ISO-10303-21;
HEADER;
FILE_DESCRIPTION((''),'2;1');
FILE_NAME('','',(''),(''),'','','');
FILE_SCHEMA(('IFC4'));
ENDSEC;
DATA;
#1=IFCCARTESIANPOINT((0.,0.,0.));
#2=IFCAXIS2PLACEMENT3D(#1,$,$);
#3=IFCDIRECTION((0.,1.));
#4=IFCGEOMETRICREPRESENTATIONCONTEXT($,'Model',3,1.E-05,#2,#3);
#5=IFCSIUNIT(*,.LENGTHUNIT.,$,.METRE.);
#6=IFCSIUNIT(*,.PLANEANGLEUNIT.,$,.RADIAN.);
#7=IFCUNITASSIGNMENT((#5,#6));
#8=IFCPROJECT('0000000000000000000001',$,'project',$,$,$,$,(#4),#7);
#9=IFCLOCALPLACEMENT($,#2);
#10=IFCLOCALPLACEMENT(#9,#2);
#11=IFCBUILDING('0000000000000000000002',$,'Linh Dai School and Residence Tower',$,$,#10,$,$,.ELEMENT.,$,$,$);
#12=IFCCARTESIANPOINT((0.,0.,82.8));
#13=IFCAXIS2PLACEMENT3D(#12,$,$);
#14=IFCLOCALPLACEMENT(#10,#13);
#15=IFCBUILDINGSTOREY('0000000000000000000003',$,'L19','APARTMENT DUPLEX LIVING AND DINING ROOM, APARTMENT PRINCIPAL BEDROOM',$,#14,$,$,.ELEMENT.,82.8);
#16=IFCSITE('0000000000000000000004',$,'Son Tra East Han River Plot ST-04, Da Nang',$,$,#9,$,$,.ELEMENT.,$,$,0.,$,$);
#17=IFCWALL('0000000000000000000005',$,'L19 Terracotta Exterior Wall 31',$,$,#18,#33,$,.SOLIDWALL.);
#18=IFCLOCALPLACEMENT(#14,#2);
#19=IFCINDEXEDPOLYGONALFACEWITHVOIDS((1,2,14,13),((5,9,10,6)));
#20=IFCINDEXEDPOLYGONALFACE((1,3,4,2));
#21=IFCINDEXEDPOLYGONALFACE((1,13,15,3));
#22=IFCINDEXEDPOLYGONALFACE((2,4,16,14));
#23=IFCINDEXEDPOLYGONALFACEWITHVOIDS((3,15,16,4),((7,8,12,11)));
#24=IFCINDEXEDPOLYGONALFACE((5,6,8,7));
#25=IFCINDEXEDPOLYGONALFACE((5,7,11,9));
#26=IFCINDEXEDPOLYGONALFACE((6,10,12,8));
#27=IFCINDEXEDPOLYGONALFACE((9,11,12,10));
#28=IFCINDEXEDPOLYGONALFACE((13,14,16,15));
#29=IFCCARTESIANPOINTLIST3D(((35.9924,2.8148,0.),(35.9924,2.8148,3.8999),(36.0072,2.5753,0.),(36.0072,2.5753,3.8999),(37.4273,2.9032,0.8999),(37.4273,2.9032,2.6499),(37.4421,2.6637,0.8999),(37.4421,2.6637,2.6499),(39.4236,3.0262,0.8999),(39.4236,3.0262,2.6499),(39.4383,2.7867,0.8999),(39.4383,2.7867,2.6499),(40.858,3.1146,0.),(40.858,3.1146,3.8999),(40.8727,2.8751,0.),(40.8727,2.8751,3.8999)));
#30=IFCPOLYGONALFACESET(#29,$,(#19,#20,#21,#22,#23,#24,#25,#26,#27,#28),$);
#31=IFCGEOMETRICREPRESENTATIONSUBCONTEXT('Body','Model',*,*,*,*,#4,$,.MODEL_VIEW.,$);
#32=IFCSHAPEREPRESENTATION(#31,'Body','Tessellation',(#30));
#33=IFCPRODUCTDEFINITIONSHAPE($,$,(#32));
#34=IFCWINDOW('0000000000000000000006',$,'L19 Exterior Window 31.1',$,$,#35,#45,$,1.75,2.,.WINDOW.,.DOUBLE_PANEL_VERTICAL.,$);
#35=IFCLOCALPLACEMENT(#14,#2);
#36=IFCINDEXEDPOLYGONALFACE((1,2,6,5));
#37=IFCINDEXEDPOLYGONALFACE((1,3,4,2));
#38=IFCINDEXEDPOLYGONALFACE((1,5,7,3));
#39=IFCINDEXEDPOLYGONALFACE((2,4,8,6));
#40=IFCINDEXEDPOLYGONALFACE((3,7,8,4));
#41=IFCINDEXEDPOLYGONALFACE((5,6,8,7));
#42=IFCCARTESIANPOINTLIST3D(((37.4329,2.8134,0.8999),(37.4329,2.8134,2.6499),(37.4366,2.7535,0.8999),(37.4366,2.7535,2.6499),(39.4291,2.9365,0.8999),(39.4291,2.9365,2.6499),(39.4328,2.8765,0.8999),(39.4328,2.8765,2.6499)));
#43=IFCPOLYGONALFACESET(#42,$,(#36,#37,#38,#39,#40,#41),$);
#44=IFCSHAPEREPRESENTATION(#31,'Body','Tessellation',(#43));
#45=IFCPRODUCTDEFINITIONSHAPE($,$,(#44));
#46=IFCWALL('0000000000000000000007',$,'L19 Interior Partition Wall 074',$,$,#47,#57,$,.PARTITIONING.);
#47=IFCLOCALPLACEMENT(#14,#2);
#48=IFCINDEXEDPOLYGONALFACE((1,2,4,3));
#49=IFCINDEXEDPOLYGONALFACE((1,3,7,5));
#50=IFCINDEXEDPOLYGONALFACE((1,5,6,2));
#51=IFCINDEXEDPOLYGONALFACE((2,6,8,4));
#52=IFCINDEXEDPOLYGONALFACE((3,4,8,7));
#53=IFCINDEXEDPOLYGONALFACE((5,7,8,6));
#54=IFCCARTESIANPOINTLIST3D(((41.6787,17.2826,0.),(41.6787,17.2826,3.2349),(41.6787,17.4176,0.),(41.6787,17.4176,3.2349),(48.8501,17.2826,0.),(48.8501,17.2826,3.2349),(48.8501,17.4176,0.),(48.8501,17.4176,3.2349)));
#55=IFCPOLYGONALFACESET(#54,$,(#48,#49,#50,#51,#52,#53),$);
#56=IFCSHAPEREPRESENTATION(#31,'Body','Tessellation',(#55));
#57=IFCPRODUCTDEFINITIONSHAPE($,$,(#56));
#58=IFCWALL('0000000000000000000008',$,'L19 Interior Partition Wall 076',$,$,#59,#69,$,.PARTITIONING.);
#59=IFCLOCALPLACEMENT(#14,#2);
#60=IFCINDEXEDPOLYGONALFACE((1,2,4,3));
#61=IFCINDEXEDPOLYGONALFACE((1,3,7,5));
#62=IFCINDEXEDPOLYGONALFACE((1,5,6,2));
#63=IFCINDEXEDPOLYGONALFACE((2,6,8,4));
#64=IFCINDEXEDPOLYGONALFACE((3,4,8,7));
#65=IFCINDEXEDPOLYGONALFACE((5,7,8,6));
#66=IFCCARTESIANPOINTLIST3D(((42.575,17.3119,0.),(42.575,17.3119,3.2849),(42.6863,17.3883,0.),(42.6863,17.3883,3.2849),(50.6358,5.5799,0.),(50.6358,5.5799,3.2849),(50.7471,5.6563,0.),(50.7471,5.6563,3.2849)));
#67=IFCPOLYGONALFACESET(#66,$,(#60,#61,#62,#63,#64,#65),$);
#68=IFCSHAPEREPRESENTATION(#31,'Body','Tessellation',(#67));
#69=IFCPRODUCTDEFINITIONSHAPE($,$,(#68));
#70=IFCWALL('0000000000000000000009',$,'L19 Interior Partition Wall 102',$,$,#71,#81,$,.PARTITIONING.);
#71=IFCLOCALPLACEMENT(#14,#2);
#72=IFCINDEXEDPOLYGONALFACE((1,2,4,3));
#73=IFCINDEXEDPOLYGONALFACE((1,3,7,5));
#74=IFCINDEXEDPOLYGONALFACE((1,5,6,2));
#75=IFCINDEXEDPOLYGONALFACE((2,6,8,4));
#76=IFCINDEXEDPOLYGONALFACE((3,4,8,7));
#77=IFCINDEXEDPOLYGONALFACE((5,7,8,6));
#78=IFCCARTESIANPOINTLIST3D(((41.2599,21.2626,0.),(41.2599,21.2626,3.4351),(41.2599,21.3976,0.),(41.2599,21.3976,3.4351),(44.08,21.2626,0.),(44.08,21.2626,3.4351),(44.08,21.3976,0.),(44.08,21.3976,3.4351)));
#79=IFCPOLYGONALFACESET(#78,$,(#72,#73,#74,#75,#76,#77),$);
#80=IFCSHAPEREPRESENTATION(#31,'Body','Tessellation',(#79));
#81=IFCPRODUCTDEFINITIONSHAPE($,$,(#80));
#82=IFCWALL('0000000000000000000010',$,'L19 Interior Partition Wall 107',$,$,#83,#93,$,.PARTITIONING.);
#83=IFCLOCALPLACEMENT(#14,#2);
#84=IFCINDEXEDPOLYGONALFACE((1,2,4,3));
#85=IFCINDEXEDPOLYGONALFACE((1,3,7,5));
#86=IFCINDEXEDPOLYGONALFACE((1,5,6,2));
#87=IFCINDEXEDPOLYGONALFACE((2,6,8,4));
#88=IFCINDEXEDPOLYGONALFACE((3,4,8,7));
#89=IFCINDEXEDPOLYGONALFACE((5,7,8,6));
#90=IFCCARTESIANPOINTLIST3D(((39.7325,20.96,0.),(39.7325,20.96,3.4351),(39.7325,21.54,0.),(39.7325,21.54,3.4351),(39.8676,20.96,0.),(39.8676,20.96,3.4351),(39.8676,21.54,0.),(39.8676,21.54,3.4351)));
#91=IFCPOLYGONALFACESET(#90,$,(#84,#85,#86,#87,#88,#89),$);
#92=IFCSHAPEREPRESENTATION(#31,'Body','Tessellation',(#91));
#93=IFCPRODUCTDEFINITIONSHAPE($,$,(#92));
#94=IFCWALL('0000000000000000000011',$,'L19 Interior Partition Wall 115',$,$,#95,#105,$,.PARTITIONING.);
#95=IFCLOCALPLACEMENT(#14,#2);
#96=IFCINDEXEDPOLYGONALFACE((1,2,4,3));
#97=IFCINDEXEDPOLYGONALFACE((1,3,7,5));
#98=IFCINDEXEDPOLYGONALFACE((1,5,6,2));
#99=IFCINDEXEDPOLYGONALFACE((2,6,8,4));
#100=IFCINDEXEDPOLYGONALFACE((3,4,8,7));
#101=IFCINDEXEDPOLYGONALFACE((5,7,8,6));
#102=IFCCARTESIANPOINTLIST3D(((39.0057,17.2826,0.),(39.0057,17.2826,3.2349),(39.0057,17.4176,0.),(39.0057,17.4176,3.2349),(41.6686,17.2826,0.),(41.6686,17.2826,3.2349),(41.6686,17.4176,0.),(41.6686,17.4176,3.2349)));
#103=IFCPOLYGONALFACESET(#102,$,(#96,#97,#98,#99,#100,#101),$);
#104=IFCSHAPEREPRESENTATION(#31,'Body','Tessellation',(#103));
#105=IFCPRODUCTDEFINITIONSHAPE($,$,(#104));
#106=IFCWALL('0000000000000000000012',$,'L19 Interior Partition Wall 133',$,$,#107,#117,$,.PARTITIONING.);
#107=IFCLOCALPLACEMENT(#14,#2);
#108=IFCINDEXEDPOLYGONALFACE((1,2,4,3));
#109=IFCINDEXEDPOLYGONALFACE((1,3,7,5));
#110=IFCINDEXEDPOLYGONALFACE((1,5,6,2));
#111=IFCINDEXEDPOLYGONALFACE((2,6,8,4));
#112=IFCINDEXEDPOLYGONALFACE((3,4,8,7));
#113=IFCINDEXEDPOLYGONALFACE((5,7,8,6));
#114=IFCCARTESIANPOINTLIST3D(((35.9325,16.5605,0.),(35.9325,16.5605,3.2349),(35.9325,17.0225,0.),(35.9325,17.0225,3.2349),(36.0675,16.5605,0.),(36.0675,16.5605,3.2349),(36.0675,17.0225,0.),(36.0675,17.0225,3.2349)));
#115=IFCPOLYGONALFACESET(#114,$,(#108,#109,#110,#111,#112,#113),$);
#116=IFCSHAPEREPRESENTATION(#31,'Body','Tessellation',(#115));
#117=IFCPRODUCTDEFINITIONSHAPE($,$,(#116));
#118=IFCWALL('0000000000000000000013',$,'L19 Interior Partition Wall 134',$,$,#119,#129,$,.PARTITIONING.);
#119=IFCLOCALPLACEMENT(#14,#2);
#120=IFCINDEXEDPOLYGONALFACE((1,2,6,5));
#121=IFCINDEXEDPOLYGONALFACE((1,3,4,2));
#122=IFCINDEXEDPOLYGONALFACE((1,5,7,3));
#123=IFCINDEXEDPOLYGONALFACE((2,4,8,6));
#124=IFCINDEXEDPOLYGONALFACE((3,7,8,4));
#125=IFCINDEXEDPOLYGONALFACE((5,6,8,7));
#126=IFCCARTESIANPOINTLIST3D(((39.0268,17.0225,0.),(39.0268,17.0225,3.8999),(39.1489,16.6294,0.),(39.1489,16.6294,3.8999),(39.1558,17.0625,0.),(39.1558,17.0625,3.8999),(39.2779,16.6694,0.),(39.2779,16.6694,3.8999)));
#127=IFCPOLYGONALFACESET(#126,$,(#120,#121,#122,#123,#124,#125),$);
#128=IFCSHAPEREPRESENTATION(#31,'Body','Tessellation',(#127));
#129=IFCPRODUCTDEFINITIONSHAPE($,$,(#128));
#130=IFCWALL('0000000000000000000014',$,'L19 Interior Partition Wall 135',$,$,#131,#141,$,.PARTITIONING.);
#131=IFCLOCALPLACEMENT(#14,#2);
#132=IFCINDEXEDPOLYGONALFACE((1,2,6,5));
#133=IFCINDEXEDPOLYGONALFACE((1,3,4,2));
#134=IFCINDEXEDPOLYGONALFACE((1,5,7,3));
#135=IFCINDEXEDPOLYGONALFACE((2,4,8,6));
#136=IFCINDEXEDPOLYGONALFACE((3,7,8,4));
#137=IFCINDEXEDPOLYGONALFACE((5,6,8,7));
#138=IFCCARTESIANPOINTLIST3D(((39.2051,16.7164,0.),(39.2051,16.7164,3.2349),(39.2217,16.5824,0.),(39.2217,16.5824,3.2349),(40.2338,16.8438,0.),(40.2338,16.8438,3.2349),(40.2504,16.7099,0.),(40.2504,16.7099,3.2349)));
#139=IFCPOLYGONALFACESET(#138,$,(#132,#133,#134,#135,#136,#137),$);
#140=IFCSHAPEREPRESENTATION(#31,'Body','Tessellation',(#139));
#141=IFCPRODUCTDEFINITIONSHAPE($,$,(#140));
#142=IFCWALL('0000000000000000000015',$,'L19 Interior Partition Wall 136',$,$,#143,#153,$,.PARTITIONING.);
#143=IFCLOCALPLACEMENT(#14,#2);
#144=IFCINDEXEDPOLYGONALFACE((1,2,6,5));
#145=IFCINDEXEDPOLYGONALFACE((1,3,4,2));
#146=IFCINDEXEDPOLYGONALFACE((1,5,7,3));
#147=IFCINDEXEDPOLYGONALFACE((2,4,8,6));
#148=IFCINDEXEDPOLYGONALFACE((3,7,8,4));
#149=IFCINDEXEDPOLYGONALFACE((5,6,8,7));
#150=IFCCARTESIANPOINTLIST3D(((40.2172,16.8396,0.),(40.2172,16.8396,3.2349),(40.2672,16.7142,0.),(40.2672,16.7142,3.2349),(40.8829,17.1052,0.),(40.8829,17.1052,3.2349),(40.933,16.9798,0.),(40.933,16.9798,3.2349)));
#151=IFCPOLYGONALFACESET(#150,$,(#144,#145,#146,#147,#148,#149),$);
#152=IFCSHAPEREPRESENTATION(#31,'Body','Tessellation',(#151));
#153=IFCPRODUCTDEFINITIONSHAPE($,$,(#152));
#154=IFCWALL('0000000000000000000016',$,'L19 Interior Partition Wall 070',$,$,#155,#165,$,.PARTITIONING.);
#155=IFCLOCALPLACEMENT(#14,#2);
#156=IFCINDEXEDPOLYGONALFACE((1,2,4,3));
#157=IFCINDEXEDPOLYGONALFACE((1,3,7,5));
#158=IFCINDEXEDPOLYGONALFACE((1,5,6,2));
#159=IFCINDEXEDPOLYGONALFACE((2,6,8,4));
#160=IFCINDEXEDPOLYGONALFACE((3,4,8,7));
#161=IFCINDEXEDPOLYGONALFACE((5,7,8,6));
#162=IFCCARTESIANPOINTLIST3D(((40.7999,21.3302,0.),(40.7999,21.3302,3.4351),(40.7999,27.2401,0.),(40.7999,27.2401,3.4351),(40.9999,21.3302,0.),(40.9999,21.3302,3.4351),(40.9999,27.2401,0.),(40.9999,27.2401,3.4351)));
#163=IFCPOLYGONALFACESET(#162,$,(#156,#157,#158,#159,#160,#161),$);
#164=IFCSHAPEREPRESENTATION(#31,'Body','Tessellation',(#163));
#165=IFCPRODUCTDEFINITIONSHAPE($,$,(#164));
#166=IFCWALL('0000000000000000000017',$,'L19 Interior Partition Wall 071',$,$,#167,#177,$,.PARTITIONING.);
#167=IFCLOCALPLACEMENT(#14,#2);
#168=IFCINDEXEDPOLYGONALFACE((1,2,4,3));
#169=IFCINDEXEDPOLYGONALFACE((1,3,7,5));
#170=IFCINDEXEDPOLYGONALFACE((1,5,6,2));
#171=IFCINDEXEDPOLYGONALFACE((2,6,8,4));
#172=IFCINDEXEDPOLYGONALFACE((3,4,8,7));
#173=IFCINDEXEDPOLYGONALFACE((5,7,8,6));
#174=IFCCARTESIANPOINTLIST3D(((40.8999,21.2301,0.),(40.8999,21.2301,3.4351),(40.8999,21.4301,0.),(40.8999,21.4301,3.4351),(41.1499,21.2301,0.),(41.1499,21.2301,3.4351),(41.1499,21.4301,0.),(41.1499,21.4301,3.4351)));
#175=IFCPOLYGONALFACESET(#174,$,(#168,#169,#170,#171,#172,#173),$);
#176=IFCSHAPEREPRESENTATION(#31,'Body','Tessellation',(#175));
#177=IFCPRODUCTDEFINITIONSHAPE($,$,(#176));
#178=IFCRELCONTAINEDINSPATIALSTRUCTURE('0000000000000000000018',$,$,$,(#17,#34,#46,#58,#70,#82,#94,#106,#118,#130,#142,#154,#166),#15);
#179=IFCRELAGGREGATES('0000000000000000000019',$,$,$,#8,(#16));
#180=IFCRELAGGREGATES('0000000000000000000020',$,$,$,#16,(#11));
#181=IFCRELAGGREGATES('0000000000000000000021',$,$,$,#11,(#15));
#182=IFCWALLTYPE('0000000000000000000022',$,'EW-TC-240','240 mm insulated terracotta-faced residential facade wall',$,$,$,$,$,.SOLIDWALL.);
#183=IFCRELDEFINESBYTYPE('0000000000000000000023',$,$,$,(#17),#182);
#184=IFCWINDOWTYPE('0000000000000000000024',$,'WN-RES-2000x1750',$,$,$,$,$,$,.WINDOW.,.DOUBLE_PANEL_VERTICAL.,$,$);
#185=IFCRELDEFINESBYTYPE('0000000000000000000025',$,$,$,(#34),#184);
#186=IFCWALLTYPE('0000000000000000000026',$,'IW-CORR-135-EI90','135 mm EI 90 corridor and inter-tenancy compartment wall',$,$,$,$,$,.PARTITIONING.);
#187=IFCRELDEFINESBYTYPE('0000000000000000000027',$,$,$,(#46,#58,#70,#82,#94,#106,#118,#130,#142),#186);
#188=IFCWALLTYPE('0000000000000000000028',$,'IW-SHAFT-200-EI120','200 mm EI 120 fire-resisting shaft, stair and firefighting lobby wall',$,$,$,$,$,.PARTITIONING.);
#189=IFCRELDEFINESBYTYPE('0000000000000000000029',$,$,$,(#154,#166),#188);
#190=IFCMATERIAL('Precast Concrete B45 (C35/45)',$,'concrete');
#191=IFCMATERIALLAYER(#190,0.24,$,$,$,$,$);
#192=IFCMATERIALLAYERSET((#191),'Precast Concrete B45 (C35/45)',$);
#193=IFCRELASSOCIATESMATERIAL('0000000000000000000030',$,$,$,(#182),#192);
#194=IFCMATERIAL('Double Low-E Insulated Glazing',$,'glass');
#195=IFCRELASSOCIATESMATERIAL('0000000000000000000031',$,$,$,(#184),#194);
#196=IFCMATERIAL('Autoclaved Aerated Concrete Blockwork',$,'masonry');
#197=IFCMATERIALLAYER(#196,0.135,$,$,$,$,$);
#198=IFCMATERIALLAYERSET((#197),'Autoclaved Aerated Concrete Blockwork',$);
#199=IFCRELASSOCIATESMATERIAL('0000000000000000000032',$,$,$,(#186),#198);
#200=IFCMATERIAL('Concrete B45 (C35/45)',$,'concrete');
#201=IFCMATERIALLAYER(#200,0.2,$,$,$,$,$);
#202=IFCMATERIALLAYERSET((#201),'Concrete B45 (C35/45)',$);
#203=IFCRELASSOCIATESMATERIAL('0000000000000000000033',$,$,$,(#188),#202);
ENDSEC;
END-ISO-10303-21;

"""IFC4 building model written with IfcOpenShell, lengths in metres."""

from ifc_helpers import new_model, si_unit, direction, frame, frame_2d, origin, origin_2d, place, context, subcontext, project, spatial, rectangle, extrude, source, transform, mapped, material, layer, layer_set, type_object, element, fill, save


model = new_model("IFC4")

# Units and contexts
model_context = context("Model", 3, precision=1e-05, world=origin(), true_north=direction((0.0, 1.0)))
body_context = subcontext(model_context, "Body", "Model", "MODEL_VIEW")
ifc_project = project(units=[si_unit("LENGTHUNIT", "METRE"), si_unit("PLANEANGLEUNIT", "RADIAN")], contexts=[model_context])

# Site, building, storey
site_placement = place(None, origin())
site = spatial("IfcSite", under=ifc_project, at=site_placement, Name="Son Tra East Han River Plot ST-04, Da Nang", CompositionType="ELEMENT", RefElevation=0.0)
building_placement = place(site_placement, origin())
building = spatial("IfcBuilding", under=site, at=building_placement, Name="Linh Dai School and Residence Tower", CompositionType="ELEMENT")
storey_placement = place(building_placement, frame((0.0, 0.0, 82.8)))
storey = spatial("IfcBuildingStorey", under=building, at=storey_placement, Name="L19", Description="APARTMENT DUPLEX LIVING AND DINING ROOM, APARTMENT PRINCIPAL BEDROOM", CompositionType="ELEMENT", Elevation=82.8)

# Wall, opening, window
ifc_material_1 = material(Name="Precast Concrete B45 (C35/45)", Category="concrete")
ifc_layer_1 = layer(ifc_material_1, 0.24)
ifc_layer_set_1 = layer_set([ifc_layer_1], Name="Precast Concrete B45 (C35/45)")
wall_type_1 = type_object("IfcWallType", Name="EW-TC-240", Description="240 mm insulated terracotta-faced residential facade wall", PredefinedType="SOLIDWALL", material=ifc_layer_set_1)
ifc_material_2 = material(Name="Double Low-E Insulated Glazing", Category="glass")
window_type = type_object("IfcWindowType", Name="WN-RES-2000x1750", PartitioningType="DOUBLE_PANEL_VERTICAL", PredefinedType="WINDOW", material=ifc_material_2)
shared_shape_1 = source(origin(), body_context, "Body", "SweptSolid", [
    extrude(rectangle(XDim=2.0, YDim=1.75, at=origin_2d()), frame((1.0, 0.03, 0.875), z_axis=(0.0, -1.0, 0.0), x_axis=(1.0, 0.0, 0.0)), (0.0, 0.0, 1.0), 0.0601),
])
wall_1_placement = place(storey_placement, frame((40.8655, 2.9949, 0.0), z_axis=(0.0, 0.0, 1.0), x_axis=(-0.998107, -0.061502, 0.0)))
wall_1 = element("IfcWall", 1, at=wall_1_placement, inside=storey, type_object=wall_type_1, Name="L19 Terracotta Exterior Wall 31", PredefinedType="SOLIDWALL", context=body_context, shape_type="SweptSolid", body=[
    extrude(rectangle(XDim=4.8748, YDim=0.24, at=frame_2d((2.4375, 0.0))), origin(), (0.0, 0.0, 1.0), 3.8999),
])
opening_1_placement = place(wall_1_placement, frame((1.4373, 0.0, 0.8999)))
opening_1 = element("IfcOpeningElement", 2, at=opening_1_placement, cuts=wall_1, PredefinedType="OPENING", context=body_context, shape_type="SweptSolid", body=[
    extrude(rectangle(XDim=2.0, YDim=1.75, at=origin_2d()), frame((1.0, 0.1299, 0.875), z_axis=(0.0, -1.0, 0.0), x_axis=(1.0, 0.0, 0.0)), (0.0, 0.0, 1.0), 0.26),
])
window_1_placement = place(opening_1_placement, origin())
window_1 = element("IfcWindow", 3, at=window_1_placement, inside=storey, type_object=window_type, Name="L19 Exterior Window 31.1", OverallHeight=1.75, OverallWidth=2.0, PartitioningType="DOUBLE_PANEL_VERTICAL", PredefinedType="WINDOW", context=body_context, shape_type="MappedRepresentation", body=[
    mapped(shared_shape_1, transform((0.0, 0.0, 0.0), x_axis=(1.0, 0.0, 0.0), y_axis=(0.0, 1.0, 0.0), z_axis=(0.0, 0.0, 1.0), scale=1.0)),
])
fill(opening_1, window_1)

# Shared definitions
ifc_material_3 = material(Name="Autoclaved Aerated Concrete Blockwork", Category="masonry")
ifc_layer_2 = layer(ifc_material_3, 0.135)
ifc_layer_set_2 = layer_set([ifc_layer_2], Name="Autoclaved Aerated Concrete Blockwork")
wall_type_2 = type_object("IfcWallType", Name="IW-CORR-135-EI90", Description="135 mm EI 90 corridor and inter-tenancy compartment wall", PredefinedType="PARTITIONING", material=ifc_layer_set_2)

# Walls
wall_2_placement = place(storey_placement, frame((41.6787, 17.3501, 0.0), z_axis=(0.0, 0.0, 1.0), x_axis=(1.0, 0.0, 0.0)))
element("IfcWall", 4, at=wall_2_placement, inside=storey, type_object=wall_type_2, Name="L19 Interior Partition Wall 074", PredefinedType="PARTITIONING", context=body_context, shape_type="SweptSolid", body=[
    extrude(rectangle(XDim=7.1714, YDim=0.135, at=frame_2d((3.5857, 0.0))), origin(), (0.0, 0.0, 1.0), 3.2349),
])
wall_3_placement = place(storey_placement, frame((42.6306, 17.3501, 0.0), z_axis=(0.0, 0.0, 1.0), x_axis=(0.566294, -0.824203, 0.0)))
element("IfcWall", 5, at=wall_3_placement, inside=storey, type_object=wall_type_2, Name="L19 Interior Partition Wall 076", PredefinedType="PARTITIONING", context=body_context, shape_type="SweptSolid", body=[
    extrude(rectangle(XDim=14.2344, YDim=0.135, at=frame_2d((7.1172, 0.0))), origin(), (0.0, 0.0, 1.0), 3.2849),
])
wall_4_placement = place(storey_placement, frame((44.0801, 21.3301, 0.0), z_axis=(0.0, 0.0, 1.0), x_axis=(-1.0, 0.0, 0.0)))
element("IfcWall", 6, at=wall_4_placement, inside=storey, type_object=wall_type_2, Name="L19 Interior Partition Wall 102", PredefinedType="PARTITIONING", context=body_context, shape_type="SweptSolid", body=[
    extrude(rectangle(XDim=2.8201, YDim=0.135, at=frame_2d((1.4102, 0.0))), origin(), (0.0, 0.0, 1.0), 3.4351),
])
wall_5_placement = place(storey_placement, frame((39.8, 20.96, 0.0), z_axis=(0.0, 0.0, 1.0), x_axis=(0.0, 1.0, 0.0)))
element("IfcWall", 7, at=wall_5_placement, inside=storey, type_object=wall_type_2, Name="L19 Interior Partition Wall 107", PredefinedType="PARTITIONING", context=body_context, shape_type="SweptSolid", body=[
    extrude(rectangle(XDim=0.5801, YDim=0.135, at=frame_2d((0.29, 0.0))), origin(), (0.0, 0.0, 1.0), 3.4351),
])
wall_6_placement = place(storey_placement, frame((41.6687, 17.3501, 0.0), z_axis=(0.0, 0.0, 1.0), x_axis=(-1.0, 0.0, 0.0)))
element("IfcWall", 8, at=wall_6_placement, inside=storey, type_object=wall_type_2, Name="L19 Interior Partition Wall 115", PredefinedType="PARTITIONING", context=body_context, shape_type="SweptSolid", body=[
    extrude(rectangle(XDim=2.6628, YDim=0.135, at=frame_2d((1.3315, 0.0))), origin(), (0.0, 0.0, 1.0), 3.2349),
])
wall_7_placement = place(storey_placement, frame((36.0, 16.5605, 0.0), z_axis=(0.0, 0.0, 1.0), x_axis=(0.0, 1.0, 0.0)))
element("IfcWall", 9, at=wall_7_placement, inside=storey, type_object=wall_type_2, Name="L19 Interior Partition Wall 133", PredefinedType="PARTITIONING", context=body_context, shape_type="SweptSolid", body=[
    extrude(rectangle(XDim=0.4619, YDim=0.135, at=frame_2d((0.231, 0.0))), origin(), (0.0, 0.0, 1.0), 3.2349),
])
wall_8_placement = place(storey_placement, frame((39.0913, 17.0425, 0.0), z_axis=(0.0, 0.0, 1.0), x_axis=(0.296586, -0.955006, 0.0)))
element("IfcWall", 10, at=wall_8_placement, inside=storey, type_object=wall_type_2, Name="L19 Interior Partition Wall 134", PredefinedType="PARTITIONING", context=body_context, shape_type="SweptSolid", body=[
    extrude(rectangle(XDim=0.4116, YDim=0.135, at=frame_2d((0.2058, 0.0))), origin(), (0.0, 0.0, 1.0), 3.8999),
])
wall_9_placement = place(storey_placement, frame((39.2134, 16.6494, 0.0), z_axis=(0.0, 0.0, 1.0), x_axis=(0.992415, 0.122933, 0.0)))
element("IfcWall", 11, at=wall_9_placement, inside=storey, type_object=wall_type_2, Name="L19 Interior Partition Wall 135", PredefinedType="PARTITIONING", context=body_context, shape_type="SweptSolid", body=[
    extrude(rectangle(XDim=1.0366, YDim=0.135, at=frame_2d((0.5183, 0.0))), origin(), (0.0, 0.0, 1.0), 3.2349),
])
wall_10_placement = place(storey_placement, frame((40.2422, 16.7769, 0.0), z_axis=(0.0, 0.0, 1.0), x_axis=(0.928805, 0.370568, 0.0)))
element("IfcWall", 12, at=wall_10_placement, inside=storey, type_object=wall_type_2, Name="L19 Interior Partition Wall 136", PredefinedType="PARTITIONING", context=body_context, shape_type="SweptSolid", body=[
    extrude(rectangle(XDim=0.7168, YDim=0.135, at=frame_2d((0.3584, 0.0))), origin(), (0.0, 0.0, 1.0), 3.2349),
])
ifc_material_4 = material(Name="Concrete B45 (C35/45)", Category="concrete")
ifc_layer_3 = layer(ifc_material_4, 0.2)
ifc_layer_set_3 = layer_set([ifc_layer_3], Name="Concrete B45 (C35/45)")
wall_type_3 = type_object("IfcWallType", Name="IW-SHAFT-200-EI120", Description="200 mm EI 120 fire-resisting shaft, stair and firefighting lobby wall", PredefinedType="PARTITIONING", material=ifc_layer_set_3)
wall_11_placement = place(storey_placement, frame((40.8999, 21.3301, 0.0), z_axis=(0.0, 0.0, 1.0), x_axis=(0.0, 1.0, 0.0)))
element("IfcWall", 13, at=wall_11_placement, inside=storey, type_object=wall_type_3, Name="L19 Interior Partition Wall 070", PredefinedType="PARTITIONING", context=body_context, shape_type="SweptSolid", body=[
    extrude(rectangle(XDim=5.9099, YDim=0.2, at=frame_2d((2.9551, 0.0))), origin(), (0.0, 0.0, 1.0), 3.4351),
])
wall_12_placement = place(storey_placement, frame((40.8999, 21.3301, 0.0), z_axis=(0.0, 0.0, 1.0), x_axis=(1.0, 0.0, 0.0)))
element("IfcWall", 14, at=wall_12_placement, inside=storey, type_object=wall_type_3, Name="L19 Interior Partition Wall 071", PredefinedType="PARTITIONING", context=body_context, shape_type="SweptSolid", body=[
    extrude(rectangle(XDim=0.25, YDim=0.2, at=frame_2d((0.125, 0.0))), origin(), (0.0, 0.0, 1.0), 3.4351),
])

save(model, "model.ifc")
